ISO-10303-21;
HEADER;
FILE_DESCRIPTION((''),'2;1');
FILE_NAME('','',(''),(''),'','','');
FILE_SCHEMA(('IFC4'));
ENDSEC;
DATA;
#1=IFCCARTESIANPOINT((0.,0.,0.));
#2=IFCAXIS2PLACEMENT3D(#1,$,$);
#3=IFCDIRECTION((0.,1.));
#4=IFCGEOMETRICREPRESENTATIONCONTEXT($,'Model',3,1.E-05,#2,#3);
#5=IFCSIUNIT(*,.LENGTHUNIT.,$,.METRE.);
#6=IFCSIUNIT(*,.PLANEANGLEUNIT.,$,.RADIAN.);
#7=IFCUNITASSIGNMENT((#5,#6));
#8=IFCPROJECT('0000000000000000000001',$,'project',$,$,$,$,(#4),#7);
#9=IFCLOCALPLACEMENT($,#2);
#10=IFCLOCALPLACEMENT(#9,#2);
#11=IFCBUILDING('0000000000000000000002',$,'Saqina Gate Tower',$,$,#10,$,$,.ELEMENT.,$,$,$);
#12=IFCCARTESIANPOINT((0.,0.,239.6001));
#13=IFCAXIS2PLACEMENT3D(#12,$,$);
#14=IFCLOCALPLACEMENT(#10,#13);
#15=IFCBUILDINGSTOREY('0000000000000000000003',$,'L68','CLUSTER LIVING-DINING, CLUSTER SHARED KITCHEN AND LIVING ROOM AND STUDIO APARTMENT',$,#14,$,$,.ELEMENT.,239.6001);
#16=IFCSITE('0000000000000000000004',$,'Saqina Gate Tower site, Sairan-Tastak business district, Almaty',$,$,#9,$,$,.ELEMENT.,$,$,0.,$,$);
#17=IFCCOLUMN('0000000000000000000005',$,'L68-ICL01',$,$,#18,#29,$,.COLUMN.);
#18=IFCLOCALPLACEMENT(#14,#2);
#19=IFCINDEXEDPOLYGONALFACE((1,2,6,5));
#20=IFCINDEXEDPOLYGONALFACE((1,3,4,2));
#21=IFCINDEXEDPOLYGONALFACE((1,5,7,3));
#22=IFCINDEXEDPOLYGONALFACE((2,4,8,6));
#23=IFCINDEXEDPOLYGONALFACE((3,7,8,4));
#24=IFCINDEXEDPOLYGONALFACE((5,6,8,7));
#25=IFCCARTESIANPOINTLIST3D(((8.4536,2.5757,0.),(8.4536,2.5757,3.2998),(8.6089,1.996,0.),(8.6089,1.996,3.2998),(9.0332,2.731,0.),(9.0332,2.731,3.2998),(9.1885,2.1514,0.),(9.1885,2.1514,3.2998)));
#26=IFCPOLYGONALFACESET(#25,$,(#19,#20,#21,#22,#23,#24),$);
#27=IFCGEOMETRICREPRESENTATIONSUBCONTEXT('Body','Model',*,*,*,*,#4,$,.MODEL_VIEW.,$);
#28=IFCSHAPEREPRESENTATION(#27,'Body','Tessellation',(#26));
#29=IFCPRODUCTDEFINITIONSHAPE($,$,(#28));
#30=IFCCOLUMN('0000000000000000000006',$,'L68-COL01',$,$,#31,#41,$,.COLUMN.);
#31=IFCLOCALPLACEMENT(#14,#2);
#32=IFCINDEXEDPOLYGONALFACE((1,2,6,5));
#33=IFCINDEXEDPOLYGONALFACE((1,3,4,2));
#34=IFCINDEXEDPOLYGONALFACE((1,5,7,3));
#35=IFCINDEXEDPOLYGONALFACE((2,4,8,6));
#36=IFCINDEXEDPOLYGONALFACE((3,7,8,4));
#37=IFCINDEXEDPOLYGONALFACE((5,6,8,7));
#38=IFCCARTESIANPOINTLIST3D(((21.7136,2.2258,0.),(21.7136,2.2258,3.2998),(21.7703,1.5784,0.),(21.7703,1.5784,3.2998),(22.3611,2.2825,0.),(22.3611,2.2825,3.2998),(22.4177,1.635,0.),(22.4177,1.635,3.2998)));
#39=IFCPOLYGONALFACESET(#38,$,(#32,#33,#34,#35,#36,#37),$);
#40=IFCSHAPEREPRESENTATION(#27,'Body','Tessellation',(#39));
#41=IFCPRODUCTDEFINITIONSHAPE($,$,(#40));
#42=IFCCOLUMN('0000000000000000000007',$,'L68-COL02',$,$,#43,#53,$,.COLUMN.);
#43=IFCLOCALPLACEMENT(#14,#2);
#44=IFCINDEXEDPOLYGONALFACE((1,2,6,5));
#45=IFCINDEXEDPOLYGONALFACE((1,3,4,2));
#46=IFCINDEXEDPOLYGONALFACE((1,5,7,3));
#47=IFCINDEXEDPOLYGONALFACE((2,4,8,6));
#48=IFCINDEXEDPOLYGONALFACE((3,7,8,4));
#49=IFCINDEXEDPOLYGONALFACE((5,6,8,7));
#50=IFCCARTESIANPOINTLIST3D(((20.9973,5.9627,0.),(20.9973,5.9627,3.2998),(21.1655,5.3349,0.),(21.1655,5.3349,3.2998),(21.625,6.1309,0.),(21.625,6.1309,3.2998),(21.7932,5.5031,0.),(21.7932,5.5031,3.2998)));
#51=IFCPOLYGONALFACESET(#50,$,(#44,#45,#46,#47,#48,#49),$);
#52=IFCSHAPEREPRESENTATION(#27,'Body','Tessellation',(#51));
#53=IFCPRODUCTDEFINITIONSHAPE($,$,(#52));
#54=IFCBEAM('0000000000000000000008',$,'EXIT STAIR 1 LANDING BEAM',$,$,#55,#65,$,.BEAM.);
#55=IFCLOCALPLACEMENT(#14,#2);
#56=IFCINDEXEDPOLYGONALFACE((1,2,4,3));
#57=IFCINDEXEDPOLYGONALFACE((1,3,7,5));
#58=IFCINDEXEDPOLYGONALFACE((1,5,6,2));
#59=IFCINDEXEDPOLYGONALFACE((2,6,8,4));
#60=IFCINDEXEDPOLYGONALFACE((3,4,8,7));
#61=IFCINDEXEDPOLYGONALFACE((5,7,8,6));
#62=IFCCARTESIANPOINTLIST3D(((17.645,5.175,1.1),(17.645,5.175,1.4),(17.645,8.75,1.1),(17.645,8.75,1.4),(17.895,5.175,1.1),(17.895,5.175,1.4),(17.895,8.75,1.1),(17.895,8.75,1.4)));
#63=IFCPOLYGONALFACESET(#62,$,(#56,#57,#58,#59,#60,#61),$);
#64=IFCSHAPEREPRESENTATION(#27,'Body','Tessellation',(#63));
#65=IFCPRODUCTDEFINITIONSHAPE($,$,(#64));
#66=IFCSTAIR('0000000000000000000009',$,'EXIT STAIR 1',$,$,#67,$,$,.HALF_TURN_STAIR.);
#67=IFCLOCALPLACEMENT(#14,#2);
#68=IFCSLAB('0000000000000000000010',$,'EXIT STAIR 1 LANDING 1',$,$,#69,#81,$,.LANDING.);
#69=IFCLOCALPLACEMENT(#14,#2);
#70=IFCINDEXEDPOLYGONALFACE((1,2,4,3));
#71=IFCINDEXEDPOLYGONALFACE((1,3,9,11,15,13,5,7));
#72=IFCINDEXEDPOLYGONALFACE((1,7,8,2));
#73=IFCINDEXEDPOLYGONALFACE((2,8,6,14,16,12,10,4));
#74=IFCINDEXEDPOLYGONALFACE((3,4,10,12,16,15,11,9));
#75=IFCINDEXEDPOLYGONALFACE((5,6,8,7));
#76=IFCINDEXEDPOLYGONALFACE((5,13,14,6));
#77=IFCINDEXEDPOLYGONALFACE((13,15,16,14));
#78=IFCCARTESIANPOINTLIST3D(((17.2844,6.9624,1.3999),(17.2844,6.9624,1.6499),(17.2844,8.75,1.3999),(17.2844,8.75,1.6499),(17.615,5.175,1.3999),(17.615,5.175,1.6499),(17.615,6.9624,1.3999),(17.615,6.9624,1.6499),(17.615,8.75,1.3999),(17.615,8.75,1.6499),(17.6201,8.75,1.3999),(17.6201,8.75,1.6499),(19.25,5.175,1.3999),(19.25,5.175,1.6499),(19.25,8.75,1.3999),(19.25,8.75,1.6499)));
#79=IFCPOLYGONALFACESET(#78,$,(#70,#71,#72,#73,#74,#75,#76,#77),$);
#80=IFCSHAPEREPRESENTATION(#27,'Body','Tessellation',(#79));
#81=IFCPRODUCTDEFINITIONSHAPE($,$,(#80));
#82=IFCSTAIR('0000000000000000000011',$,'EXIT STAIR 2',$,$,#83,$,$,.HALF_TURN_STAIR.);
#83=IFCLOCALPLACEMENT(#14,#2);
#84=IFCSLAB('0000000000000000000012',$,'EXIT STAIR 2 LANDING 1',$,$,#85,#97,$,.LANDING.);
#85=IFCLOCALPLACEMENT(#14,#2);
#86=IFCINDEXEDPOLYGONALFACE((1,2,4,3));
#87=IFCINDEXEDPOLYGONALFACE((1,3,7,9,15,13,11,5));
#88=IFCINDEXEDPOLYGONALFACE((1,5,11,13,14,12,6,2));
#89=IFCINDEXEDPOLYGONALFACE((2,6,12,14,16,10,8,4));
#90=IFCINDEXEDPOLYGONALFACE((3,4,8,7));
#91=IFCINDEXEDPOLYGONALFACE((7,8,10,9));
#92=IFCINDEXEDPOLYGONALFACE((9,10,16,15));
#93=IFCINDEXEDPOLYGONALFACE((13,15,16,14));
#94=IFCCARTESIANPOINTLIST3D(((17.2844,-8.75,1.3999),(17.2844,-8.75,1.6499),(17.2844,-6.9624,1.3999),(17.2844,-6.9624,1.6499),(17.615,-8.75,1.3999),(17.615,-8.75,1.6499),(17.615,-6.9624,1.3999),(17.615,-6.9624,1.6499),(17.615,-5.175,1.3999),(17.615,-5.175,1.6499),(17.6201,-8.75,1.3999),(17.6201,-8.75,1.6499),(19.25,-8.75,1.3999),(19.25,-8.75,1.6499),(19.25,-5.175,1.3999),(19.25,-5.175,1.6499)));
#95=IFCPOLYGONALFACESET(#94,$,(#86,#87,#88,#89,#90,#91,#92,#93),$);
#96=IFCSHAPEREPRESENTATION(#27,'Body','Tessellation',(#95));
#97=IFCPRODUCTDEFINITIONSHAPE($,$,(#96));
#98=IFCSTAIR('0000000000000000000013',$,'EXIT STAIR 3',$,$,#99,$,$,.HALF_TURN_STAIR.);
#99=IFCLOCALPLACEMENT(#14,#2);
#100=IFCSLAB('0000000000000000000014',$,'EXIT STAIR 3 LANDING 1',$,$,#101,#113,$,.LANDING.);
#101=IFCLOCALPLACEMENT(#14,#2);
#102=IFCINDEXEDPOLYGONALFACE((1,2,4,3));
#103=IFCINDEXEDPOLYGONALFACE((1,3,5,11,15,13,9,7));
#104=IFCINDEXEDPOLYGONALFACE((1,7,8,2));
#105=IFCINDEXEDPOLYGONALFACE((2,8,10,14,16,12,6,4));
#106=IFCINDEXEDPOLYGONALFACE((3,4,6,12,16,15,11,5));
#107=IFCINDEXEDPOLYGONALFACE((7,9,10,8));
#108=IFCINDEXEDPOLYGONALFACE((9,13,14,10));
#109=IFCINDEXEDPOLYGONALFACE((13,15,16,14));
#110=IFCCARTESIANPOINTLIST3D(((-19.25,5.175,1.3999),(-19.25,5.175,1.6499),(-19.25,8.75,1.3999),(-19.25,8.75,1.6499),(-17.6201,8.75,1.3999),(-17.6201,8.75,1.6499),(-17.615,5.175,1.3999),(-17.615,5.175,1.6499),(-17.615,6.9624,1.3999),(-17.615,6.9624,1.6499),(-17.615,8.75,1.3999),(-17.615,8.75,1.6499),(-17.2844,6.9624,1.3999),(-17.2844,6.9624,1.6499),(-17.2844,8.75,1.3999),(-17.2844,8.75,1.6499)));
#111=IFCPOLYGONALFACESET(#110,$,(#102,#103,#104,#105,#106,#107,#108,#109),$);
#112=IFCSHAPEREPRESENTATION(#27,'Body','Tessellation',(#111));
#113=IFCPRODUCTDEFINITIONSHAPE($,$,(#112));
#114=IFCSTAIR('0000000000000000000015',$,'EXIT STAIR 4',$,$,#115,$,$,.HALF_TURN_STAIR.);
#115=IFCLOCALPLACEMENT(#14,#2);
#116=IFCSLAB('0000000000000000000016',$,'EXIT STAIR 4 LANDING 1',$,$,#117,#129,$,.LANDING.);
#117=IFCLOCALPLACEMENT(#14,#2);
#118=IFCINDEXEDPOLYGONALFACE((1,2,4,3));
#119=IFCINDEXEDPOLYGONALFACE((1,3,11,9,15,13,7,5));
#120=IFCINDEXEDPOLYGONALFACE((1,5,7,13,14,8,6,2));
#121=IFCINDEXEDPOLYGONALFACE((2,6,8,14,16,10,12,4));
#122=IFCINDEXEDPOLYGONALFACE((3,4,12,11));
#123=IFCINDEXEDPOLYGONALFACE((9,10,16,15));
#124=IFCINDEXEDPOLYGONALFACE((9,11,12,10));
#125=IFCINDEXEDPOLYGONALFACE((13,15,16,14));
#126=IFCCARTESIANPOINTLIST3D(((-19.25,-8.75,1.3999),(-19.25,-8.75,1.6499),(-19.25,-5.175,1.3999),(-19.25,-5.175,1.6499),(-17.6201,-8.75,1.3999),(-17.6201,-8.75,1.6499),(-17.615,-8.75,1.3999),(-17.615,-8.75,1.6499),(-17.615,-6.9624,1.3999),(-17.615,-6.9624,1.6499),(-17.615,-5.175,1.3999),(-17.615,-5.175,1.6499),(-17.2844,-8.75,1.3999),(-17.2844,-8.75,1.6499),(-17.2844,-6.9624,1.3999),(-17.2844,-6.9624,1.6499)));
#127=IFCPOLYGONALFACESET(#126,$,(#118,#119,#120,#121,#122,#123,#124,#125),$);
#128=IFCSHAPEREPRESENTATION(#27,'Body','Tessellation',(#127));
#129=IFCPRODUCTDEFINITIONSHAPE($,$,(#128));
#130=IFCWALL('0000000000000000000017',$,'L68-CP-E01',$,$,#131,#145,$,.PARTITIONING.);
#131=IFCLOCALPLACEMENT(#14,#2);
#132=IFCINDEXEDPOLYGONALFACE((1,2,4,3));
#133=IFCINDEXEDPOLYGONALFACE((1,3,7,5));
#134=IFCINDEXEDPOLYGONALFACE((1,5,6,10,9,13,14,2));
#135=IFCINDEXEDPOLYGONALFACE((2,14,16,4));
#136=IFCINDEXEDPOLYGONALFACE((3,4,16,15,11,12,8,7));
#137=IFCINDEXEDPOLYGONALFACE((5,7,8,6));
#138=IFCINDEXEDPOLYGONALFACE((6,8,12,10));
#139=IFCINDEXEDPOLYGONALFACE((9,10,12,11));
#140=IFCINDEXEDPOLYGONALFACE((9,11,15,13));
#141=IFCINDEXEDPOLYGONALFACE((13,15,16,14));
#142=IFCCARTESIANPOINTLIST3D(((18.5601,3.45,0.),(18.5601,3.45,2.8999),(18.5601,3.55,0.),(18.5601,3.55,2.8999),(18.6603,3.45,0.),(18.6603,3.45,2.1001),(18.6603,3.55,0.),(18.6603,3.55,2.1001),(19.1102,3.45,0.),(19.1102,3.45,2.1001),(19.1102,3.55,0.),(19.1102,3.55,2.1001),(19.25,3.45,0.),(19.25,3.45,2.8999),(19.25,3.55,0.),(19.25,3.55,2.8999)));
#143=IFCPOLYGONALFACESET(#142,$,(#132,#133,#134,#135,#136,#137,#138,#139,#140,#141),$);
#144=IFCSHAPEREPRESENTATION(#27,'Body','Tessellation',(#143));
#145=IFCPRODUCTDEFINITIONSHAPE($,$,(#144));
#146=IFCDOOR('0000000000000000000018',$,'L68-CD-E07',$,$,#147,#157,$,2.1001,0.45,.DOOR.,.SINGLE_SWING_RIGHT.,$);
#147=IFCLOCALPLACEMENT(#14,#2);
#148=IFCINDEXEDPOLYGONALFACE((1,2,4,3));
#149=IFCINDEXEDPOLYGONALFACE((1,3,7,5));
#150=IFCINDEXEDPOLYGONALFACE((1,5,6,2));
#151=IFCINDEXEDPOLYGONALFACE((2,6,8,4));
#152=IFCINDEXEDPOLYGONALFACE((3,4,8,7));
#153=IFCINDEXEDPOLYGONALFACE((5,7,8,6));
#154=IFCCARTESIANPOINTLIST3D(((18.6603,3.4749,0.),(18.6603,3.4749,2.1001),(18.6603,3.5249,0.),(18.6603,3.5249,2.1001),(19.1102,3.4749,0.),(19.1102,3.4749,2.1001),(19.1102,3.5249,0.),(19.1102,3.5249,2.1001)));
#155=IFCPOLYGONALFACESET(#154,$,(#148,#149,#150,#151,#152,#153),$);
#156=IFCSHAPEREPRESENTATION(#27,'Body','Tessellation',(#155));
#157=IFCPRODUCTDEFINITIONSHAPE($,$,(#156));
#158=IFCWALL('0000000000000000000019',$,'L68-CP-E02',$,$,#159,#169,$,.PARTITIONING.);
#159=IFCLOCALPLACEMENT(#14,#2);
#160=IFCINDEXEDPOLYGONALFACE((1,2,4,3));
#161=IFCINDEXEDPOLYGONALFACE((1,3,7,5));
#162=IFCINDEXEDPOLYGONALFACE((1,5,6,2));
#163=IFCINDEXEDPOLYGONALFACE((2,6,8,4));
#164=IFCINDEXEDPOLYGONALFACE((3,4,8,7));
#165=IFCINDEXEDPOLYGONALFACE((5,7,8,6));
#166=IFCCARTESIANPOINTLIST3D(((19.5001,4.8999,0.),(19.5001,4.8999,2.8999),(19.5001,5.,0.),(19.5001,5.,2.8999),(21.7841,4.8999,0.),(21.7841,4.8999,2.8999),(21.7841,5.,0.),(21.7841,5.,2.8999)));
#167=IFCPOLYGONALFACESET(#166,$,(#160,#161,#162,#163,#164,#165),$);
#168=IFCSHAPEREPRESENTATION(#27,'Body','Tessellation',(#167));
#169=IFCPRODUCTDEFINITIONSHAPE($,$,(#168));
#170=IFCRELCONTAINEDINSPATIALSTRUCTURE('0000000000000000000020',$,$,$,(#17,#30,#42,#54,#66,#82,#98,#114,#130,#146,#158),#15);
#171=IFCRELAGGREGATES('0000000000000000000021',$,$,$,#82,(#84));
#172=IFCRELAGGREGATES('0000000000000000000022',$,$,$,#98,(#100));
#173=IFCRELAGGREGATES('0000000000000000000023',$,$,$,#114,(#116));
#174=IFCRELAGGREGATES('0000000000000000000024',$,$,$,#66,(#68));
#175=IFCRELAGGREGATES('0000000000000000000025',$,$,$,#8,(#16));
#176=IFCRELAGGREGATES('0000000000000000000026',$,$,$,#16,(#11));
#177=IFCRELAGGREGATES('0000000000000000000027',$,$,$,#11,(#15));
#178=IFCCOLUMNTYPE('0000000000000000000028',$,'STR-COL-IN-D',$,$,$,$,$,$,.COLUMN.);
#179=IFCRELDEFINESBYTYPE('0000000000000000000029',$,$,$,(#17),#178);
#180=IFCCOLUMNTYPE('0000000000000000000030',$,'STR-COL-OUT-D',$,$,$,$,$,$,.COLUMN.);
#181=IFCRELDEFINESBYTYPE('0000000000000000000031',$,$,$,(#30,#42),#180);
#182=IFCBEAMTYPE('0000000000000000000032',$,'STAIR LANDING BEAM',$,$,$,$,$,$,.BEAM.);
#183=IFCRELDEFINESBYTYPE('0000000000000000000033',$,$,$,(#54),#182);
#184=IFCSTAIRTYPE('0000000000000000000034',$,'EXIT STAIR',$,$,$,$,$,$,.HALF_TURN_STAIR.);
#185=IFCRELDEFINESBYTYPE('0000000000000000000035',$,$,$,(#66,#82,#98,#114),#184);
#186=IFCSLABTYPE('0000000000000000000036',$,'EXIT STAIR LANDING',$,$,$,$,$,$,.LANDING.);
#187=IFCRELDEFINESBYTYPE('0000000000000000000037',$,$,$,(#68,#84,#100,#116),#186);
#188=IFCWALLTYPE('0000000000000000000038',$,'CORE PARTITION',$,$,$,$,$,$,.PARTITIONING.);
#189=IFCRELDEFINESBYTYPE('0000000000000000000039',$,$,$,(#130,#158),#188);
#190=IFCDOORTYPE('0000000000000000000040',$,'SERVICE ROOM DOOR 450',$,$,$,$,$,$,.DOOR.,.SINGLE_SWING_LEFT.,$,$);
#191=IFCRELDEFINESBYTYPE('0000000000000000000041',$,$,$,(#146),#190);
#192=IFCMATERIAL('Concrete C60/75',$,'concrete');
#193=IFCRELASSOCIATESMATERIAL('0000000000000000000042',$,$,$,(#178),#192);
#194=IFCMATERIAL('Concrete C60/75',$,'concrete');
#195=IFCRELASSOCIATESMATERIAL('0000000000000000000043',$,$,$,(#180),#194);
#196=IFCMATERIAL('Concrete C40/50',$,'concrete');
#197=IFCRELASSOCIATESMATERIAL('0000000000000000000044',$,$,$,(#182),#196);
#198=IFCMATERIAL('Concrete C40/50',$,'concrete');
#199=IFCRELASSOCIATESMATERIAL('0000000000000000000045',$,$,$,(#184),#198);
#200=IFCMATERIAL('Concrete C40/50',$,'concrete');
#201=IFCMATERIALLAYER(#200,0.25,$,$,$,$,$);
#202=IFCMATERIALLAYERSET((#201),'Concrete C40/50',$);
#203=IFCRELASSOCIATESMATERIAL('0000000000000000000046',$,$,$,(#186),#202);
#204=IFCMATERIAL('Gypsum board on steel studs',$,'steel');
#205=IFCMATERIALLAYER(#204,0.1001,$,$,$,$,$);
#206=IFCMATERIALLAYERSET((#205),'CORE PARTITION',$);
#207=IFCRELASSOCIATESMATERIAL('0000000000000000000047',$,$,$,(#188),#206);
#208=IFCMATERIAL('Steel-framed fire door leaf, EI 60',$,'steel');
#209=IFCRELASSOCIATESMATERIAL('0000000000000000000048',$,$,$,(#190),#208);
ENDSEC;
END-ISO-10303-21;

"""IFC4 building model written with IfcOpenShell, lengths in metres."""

from ifc_helpers import new_model, si_unit, direction, frame, frame_2d, origin, origin_2d, place, context, subcontext, project, spatial, polyline, rectangle, outline, extrude, material, layer, layer_set, material_profile, profile_set, type_object, element, fill, aggregate, save


model = new_model("IFC4")

# Units and contexts
model_context = context("Model", 3, precision=1e-05, world=origin(), true_north=direction((0.0, 1.0)))
body_context = subcontext(model_context, "Body", "Model", "MODEL_VIEW")
ifc_project = project(units=[si_unit("LENGTHUNIT", "METRE"), si_unit("PLANEANGLEUNIT", "RADIAN")], contexts=[model_context])

# Site, building, storey
site_placement = place(None, origin())
site = spatial("IfcSite", under=ifc_project, at=site_placement, Name="Saqina Gate Tower site, Sairan-Tastak business district, Almaty", CompositionType="ELEMENT", RefElevation=0.0)
building_placement = place(site_placement, origin())
building = spatial("IfcBuilding", under=site, at=building_placement, Name="Saqina Gate Tower", CompositionType="ELEMENT")
storey_placement = place(building_placement, frame((0.0, 0.0, 239.6001)))
storey = spatial("IfcBuildingStorey", under=building, at=storey_placement, Name="L68", Description="CLUSTER LIVING-DINING, CLUSTER SHARED KITCHEN AND LIVING ROOM AND STUDIO APARTMENT", CompositionType="ELEMENT", Elevation=239.6001)

# Columns
ifc_material_1 = material(Name="Concrete C60/75", Category="concrete")
ifc_material_profile_1 = material_profile(ifc_material_1, rectangle(XDim=0.6001, YDim=0.6001, at=origin_2d()), Name="RC 600x600")
ifc_profile_set_1 = profile_set([ifc_material_profile_1], Name="Concrete C60/75")
column_type_1 = type_object("IfcColumnType", Name="STR-COL-IN-D", PredefinedType="COLUMN", material=ifc_profile_set_1)
column_placement = place(storey_placement, frame((8.821, 2.3635, 0.0), z_axis=(0.0, 0.0, 1.0), x_axis=(0.965926, 0.258819, 0.0)))
element("IfcColumn", 1, at=column_placement, inside=storey, type_object=column_type_1, Name="L68-ICL01", PredefinedType="COLUMN", context=body_context, shape_type="SweptSolid", body=[
    extrude(rectangle(XDim=0.6001, YDim=0.6001, at=origin_2d()), origin(), (0.0, 0.0, 1.0), 3.2998),
])
ifc_material_2 = material(Name="Concrete C60/75", Category="concrete")
ifc_material_profile_2 = material_profile(ifc_material_2, rectangle(XDim=0.6499, YDim=0.6499, at=origin_2d()), Name="RC 650x650")
ifc_profile_set_2 = profile_set([ifc_material_profile_2], Name="Concrete C60/75")
column_type_2 = type_object("IfcColumnType", Name="STR-COL-OUT-D", PredefinedType="COLUMN", material=ifc_profile_set_2)
for number, where, z_axis, x_axis, name in (
    (2, (22.0657, 1.9304, 0.0), (0.0, 0.0, 1.0), (0.996195, 0.087156, 0.0), "L68-COL01"),
    (3, (21.3953, 5.7329, 0.0), (0.0, 0.0, 1.0), (0.965926, 0.258819, 0.0), "L68-COL02"),
):
    element("IfcColumn", number, at=place(storey_placement, frame(where, z_axis=z_axis, x_axis=x_axis)), inside=storey, type_object=column_type_2, Name=name, PredefinedType="COLUMN", context=body_context, shape_type="SweptSolid", body=[
        extrude(rectangle(XDim=0.6499, YDim=0.6499, at=origin_2d()), origin(), (0.0, 0.0, 1.0), 3.2998),
    ])

# Beam
ifc_material_3 = material(Name="Concrete C40/50", Category="concrete")
ifc_material_profile_3 = material_profile(ifc_material_3, rectangle(XDim=0.25, YDim=0.3, at=origin_2d()), Name="STAIR LANDING BEAM")
ifc_profile_set_3 = profile_set([ifc_material_profile_3], Name="Concrete C40/50")
beam_type = type_object("IfcBeamType", Name="STAIR LANDING BEAM", PredefinedType="BEAM", material=ifc_profile_set_3)
beam_placement = place(storey_placement, frame((17.77, 5.175, 1.25), z_axis=(0.0, 1.0, 0.0), x_axis=(-1.0, 0.0, 0.0)))
element("IfcBeam", 4, at=beam_placement, inside=storey, type_object=beam_type, Name="EXIT STAIR 1 LANDING BEAM", PredefinedType="BEAM", context=body_context, shape_type="SweptSolid", body=[
    extrude(rectangle(XDim=0.25, YDim=0.3, at=origin_2d()), origin(), (0.0, 0.0, 1.0), 3.575),
])

# Stairs, slabs
ifc_material_4 = material(Name="Concrete C40/50", Category="concrete")
stair_type = type_object("IfcStairType", Name="EXIT STAIR", PredefinedType="HALF_TURN_STAIR", material=ifc_material_4)
stair_1_placement = place(storey_placement, origin())
stair_1 = element("IfcStair", 5, at=stair_1_placement, inside=storey, type_object=stair_type, Name="EXIT STAIR 1", PredefinedType="HALF_TURN_STAIR")
ifc_material_5 = material(Name="Concrete C40/50", Category="concrete")
ifc_layer_1 = layer(ifc_material_5, 0.25)
ifc_layer_set_1 = layer_set([ifc_layer_1], Name="Concrete C40/50")
slab_type = type_object("IfcSlabType", Name="EXIT STAIR LANDING", PredefinedType="LANDING", material=ifc_layer_set_1)
slab_1_placement = place(storey_placement, frame((0.0, 0.0, 1.3999)))
slab_1 = element("IfcSlab", 6, at=slab_1_placement, type_object=slab_type, Name="EXIT STAIR 1 LANDING 1", PredefinedType="LANDING", context=body_context, shape_type="SweptSolid", body=[
    extrude(outline(polyline([(19.25, 8.75), (19.25, 5.175), (17.615, 5.175), (17.615, 6.9624), (17.2844, 6.9624), (17.2844, 8.75), (17.615, 8.75), (17.6201, 8.75), (19.25, 8.75)])), origin(), (0.0, 0.0, 1.0), 0.25),
])
stair_2_placement = place(storey_placement, origin())
stair_2 = element("IfcStair", 7, at=stair_2_placement, inside=storey, type_object=stair_type, Name="EXIT STAIR 2", PredefinedType="HALF_TURN_STAIR")
slab_2_placement = place(storey_placement, frame((0.0, 0.0, 1.3999)))
slab_2 = element("IfcSlab", 8, at=slab_2_placement, type_object=slab_type, Name="EXIT STAIR 2 LANDING 1", PredefinedType="LANDING", context=body_context, shape_type="SweptSolid", body=[
    extrude(outline(polyline([(17.2844, -8.75), (17.2844, -6.9624), (17.615, -6.9624), (17.615, -5.175), (19.25, -5.175), (19.25, -8.75), (17.6201, -8.75), (17.615, -8.75), (17.2844, -8.75)])), origin(), (0.0, 0.0, 1.0), 0.25),
])
aggregate(stair_2, [slab_2])
stair_3_placement = place(storey_placement, origin())
stair_3 = element("IfcStair", 9, at=stair_3_placement, inside=storey, type_object=stair_type, Name="EXIT STAIR 3", PredefinedType="HALF_TURN_STAIR")
slab_3_placement = place(storey_placement, frame((0.0, 0.0, 1.3999)))
slab_3 = element("IfcSlab", 10, at=slab_3_placement, type_object=slab_type, Name="EXIT STAIR 3 LANDING 1", PredefinedType="LANDING", context=body_context, shape_type="SweptSolid", body=[
    extrude(outline(polyline([(-17.615, 5.175), (-19.25, 5.175), (-19.25, 8.75), (-17.6201, 8.75), (-17.615, 8.75), (-17.2844, 8.75), (-17.2844, 6.9624), (-17.615, 6.9624), (-17.615, 5.175)])), origin(), (0.0, 0.0, 1.0), 0.25),
])
aggregate(stair_3, [slab_3])
stair_4_placement = place(storey_placement, origin())
stair_4 = element("IfcStair", 11, at=stair_4_placement, inside=storey, type_object=stair_type, Name="EXIT STAIR 4", PredefinedType="HALF_TURN_STAIR")
slab_4_placement = place(storey_placement, frame((0.0, 0.0, 1.3999)))
slab_4 = element("IfcSlab", 12, at=slab_4_placement, type_object=slab_type, Name="EXIT STAIR 4 LANDING 1", PredefinedType="LANDING", context=body_context, shape_type="SweptSolid", body=[
    extrude(outline(polyline([(-17.2844, -6.9624), (-17.2844, -8.75), (-17.615, -8.75), (-17.6201, -8.75), (-19.25, -8.75), (-19.25, -5.175), (-17.615, -5.175), (-17.615, -6.9624), (-17.2844, -6.9624)])), origin(), (0.0, 0.0, 1.0), 0.25),
])
aggregate(stair_4, [slab_4])

# Wall, opening, door
ifc_material_6 = material(Name="Gypsum board on steel studs", Category="steel")
ifc_layer_2 = layer(ifc_material_6, 0.1001)
ifc_layer_set_2 = layer_set([ifc_layer_2], Name="CORE PARTITION")
wall_type_1 = type_object("IfcWallType", Name="CORE PARTITION", PredefinedType="PARTITIONING", material=ifc_layer_set_2)
wall_1_placement = place(storey_placement, frame((18.5601, 3.5, 0.0), z_axis=(0.0, 0.0, 1.0), x_axis=(1.0, 0.0, 0.0)))
wall_1 = element("IfcWall", 13, at=wall_1_placement, inside=storey, type_object=wall_type_1, Name="L68-CP-E01", PredefinedType="PARTITIONING", context=body_context, shape_type="SweptSolid", body=[
    extrude(rectangle(XDim=0.6899, YDim=0.1001, at=frame_2d((0.345, 0.0))), origin(), (0.0, 0.0, 1.0), 2.8999),
])
opening_1_placement = place(wall_1_placement, frame((0.1001, 0.0, 0.0)))
opening_1 = element("IfcOpeningElement", 14, at=opening_1_placement, cuts=wall_1, PredefinedType="OPENING", context=body_context, shape_type="SweptSolid", body=[
    extrude(rectangle(XDim=0.45, YDim=2.1001, at=frame_2d((0.2251, 1.05))), frame((0.0, 0.062, 0.0), z_axis=(0.0, -1.0, 0.0), x_axis=(1.0, 0.0, 0.0)), (0.0, 0.0, 1.0), 0.124),
])
ifc_material_7 = material(Name="Steel-framed fire door leaf, EI 60", Category="steel")
door_type_1 = type_object("IfcDoorType", Name="SERVICE ROOM DOOR 450", OperationType="SINGLE_SWING_LEFT", PredefinedType="DOOR", material=ifc_material_7)
door_1_placement = place(opening_1_placement, origin())
door_1 = element("IfcDoor", 15, at=door_1_placement, inside=storey, type_object=door_type_1, Name="L68-CD-E07", OperationType="SINGLE_SWING_RIGHT", OverallHeight=2.1001, OverallWidth=0.45, PredefinedType="DOOR", context=body_context, shape_type="SweptSolid", body=[
    extrude(rectangle(XDim=0.45, YDim=2.1001, at=frame_2d((0.2251, 1.05))), frame((0.0, 0.0249, 0.0), z_axis=(0.0, -1.0, 0.0), x_axis=(1.0, 0.0, 0.0)), (0.0, 0.0, 1.0), 0.05),
])
fill(opening_1, door_1)

# Wall
wall_2_placement = place(storey_placement, frame((19.5, 4.95, 0.0), z_axis=(0.0, 0.0, 1.0), x_axis=(1.0, 0.0, 0.0)))
element("IfcWall", 16, at=wall_2_placement, inside=storey, type_object=wall_type_1, Name="L68-CP-E02", PredefinedType="PARTITIONING", context=body_context, shape_type="SweptSolid", body=[
    extrude(rectangle(XDim=2.2839, YDim=0.1001, at=frame_2d((1.1421, 0.0))), origin(), (0.0, 0.0, 1.0), 2.8999),
])

aggregate(stair_1, [slab_1])

save(model, "model.ifc")
